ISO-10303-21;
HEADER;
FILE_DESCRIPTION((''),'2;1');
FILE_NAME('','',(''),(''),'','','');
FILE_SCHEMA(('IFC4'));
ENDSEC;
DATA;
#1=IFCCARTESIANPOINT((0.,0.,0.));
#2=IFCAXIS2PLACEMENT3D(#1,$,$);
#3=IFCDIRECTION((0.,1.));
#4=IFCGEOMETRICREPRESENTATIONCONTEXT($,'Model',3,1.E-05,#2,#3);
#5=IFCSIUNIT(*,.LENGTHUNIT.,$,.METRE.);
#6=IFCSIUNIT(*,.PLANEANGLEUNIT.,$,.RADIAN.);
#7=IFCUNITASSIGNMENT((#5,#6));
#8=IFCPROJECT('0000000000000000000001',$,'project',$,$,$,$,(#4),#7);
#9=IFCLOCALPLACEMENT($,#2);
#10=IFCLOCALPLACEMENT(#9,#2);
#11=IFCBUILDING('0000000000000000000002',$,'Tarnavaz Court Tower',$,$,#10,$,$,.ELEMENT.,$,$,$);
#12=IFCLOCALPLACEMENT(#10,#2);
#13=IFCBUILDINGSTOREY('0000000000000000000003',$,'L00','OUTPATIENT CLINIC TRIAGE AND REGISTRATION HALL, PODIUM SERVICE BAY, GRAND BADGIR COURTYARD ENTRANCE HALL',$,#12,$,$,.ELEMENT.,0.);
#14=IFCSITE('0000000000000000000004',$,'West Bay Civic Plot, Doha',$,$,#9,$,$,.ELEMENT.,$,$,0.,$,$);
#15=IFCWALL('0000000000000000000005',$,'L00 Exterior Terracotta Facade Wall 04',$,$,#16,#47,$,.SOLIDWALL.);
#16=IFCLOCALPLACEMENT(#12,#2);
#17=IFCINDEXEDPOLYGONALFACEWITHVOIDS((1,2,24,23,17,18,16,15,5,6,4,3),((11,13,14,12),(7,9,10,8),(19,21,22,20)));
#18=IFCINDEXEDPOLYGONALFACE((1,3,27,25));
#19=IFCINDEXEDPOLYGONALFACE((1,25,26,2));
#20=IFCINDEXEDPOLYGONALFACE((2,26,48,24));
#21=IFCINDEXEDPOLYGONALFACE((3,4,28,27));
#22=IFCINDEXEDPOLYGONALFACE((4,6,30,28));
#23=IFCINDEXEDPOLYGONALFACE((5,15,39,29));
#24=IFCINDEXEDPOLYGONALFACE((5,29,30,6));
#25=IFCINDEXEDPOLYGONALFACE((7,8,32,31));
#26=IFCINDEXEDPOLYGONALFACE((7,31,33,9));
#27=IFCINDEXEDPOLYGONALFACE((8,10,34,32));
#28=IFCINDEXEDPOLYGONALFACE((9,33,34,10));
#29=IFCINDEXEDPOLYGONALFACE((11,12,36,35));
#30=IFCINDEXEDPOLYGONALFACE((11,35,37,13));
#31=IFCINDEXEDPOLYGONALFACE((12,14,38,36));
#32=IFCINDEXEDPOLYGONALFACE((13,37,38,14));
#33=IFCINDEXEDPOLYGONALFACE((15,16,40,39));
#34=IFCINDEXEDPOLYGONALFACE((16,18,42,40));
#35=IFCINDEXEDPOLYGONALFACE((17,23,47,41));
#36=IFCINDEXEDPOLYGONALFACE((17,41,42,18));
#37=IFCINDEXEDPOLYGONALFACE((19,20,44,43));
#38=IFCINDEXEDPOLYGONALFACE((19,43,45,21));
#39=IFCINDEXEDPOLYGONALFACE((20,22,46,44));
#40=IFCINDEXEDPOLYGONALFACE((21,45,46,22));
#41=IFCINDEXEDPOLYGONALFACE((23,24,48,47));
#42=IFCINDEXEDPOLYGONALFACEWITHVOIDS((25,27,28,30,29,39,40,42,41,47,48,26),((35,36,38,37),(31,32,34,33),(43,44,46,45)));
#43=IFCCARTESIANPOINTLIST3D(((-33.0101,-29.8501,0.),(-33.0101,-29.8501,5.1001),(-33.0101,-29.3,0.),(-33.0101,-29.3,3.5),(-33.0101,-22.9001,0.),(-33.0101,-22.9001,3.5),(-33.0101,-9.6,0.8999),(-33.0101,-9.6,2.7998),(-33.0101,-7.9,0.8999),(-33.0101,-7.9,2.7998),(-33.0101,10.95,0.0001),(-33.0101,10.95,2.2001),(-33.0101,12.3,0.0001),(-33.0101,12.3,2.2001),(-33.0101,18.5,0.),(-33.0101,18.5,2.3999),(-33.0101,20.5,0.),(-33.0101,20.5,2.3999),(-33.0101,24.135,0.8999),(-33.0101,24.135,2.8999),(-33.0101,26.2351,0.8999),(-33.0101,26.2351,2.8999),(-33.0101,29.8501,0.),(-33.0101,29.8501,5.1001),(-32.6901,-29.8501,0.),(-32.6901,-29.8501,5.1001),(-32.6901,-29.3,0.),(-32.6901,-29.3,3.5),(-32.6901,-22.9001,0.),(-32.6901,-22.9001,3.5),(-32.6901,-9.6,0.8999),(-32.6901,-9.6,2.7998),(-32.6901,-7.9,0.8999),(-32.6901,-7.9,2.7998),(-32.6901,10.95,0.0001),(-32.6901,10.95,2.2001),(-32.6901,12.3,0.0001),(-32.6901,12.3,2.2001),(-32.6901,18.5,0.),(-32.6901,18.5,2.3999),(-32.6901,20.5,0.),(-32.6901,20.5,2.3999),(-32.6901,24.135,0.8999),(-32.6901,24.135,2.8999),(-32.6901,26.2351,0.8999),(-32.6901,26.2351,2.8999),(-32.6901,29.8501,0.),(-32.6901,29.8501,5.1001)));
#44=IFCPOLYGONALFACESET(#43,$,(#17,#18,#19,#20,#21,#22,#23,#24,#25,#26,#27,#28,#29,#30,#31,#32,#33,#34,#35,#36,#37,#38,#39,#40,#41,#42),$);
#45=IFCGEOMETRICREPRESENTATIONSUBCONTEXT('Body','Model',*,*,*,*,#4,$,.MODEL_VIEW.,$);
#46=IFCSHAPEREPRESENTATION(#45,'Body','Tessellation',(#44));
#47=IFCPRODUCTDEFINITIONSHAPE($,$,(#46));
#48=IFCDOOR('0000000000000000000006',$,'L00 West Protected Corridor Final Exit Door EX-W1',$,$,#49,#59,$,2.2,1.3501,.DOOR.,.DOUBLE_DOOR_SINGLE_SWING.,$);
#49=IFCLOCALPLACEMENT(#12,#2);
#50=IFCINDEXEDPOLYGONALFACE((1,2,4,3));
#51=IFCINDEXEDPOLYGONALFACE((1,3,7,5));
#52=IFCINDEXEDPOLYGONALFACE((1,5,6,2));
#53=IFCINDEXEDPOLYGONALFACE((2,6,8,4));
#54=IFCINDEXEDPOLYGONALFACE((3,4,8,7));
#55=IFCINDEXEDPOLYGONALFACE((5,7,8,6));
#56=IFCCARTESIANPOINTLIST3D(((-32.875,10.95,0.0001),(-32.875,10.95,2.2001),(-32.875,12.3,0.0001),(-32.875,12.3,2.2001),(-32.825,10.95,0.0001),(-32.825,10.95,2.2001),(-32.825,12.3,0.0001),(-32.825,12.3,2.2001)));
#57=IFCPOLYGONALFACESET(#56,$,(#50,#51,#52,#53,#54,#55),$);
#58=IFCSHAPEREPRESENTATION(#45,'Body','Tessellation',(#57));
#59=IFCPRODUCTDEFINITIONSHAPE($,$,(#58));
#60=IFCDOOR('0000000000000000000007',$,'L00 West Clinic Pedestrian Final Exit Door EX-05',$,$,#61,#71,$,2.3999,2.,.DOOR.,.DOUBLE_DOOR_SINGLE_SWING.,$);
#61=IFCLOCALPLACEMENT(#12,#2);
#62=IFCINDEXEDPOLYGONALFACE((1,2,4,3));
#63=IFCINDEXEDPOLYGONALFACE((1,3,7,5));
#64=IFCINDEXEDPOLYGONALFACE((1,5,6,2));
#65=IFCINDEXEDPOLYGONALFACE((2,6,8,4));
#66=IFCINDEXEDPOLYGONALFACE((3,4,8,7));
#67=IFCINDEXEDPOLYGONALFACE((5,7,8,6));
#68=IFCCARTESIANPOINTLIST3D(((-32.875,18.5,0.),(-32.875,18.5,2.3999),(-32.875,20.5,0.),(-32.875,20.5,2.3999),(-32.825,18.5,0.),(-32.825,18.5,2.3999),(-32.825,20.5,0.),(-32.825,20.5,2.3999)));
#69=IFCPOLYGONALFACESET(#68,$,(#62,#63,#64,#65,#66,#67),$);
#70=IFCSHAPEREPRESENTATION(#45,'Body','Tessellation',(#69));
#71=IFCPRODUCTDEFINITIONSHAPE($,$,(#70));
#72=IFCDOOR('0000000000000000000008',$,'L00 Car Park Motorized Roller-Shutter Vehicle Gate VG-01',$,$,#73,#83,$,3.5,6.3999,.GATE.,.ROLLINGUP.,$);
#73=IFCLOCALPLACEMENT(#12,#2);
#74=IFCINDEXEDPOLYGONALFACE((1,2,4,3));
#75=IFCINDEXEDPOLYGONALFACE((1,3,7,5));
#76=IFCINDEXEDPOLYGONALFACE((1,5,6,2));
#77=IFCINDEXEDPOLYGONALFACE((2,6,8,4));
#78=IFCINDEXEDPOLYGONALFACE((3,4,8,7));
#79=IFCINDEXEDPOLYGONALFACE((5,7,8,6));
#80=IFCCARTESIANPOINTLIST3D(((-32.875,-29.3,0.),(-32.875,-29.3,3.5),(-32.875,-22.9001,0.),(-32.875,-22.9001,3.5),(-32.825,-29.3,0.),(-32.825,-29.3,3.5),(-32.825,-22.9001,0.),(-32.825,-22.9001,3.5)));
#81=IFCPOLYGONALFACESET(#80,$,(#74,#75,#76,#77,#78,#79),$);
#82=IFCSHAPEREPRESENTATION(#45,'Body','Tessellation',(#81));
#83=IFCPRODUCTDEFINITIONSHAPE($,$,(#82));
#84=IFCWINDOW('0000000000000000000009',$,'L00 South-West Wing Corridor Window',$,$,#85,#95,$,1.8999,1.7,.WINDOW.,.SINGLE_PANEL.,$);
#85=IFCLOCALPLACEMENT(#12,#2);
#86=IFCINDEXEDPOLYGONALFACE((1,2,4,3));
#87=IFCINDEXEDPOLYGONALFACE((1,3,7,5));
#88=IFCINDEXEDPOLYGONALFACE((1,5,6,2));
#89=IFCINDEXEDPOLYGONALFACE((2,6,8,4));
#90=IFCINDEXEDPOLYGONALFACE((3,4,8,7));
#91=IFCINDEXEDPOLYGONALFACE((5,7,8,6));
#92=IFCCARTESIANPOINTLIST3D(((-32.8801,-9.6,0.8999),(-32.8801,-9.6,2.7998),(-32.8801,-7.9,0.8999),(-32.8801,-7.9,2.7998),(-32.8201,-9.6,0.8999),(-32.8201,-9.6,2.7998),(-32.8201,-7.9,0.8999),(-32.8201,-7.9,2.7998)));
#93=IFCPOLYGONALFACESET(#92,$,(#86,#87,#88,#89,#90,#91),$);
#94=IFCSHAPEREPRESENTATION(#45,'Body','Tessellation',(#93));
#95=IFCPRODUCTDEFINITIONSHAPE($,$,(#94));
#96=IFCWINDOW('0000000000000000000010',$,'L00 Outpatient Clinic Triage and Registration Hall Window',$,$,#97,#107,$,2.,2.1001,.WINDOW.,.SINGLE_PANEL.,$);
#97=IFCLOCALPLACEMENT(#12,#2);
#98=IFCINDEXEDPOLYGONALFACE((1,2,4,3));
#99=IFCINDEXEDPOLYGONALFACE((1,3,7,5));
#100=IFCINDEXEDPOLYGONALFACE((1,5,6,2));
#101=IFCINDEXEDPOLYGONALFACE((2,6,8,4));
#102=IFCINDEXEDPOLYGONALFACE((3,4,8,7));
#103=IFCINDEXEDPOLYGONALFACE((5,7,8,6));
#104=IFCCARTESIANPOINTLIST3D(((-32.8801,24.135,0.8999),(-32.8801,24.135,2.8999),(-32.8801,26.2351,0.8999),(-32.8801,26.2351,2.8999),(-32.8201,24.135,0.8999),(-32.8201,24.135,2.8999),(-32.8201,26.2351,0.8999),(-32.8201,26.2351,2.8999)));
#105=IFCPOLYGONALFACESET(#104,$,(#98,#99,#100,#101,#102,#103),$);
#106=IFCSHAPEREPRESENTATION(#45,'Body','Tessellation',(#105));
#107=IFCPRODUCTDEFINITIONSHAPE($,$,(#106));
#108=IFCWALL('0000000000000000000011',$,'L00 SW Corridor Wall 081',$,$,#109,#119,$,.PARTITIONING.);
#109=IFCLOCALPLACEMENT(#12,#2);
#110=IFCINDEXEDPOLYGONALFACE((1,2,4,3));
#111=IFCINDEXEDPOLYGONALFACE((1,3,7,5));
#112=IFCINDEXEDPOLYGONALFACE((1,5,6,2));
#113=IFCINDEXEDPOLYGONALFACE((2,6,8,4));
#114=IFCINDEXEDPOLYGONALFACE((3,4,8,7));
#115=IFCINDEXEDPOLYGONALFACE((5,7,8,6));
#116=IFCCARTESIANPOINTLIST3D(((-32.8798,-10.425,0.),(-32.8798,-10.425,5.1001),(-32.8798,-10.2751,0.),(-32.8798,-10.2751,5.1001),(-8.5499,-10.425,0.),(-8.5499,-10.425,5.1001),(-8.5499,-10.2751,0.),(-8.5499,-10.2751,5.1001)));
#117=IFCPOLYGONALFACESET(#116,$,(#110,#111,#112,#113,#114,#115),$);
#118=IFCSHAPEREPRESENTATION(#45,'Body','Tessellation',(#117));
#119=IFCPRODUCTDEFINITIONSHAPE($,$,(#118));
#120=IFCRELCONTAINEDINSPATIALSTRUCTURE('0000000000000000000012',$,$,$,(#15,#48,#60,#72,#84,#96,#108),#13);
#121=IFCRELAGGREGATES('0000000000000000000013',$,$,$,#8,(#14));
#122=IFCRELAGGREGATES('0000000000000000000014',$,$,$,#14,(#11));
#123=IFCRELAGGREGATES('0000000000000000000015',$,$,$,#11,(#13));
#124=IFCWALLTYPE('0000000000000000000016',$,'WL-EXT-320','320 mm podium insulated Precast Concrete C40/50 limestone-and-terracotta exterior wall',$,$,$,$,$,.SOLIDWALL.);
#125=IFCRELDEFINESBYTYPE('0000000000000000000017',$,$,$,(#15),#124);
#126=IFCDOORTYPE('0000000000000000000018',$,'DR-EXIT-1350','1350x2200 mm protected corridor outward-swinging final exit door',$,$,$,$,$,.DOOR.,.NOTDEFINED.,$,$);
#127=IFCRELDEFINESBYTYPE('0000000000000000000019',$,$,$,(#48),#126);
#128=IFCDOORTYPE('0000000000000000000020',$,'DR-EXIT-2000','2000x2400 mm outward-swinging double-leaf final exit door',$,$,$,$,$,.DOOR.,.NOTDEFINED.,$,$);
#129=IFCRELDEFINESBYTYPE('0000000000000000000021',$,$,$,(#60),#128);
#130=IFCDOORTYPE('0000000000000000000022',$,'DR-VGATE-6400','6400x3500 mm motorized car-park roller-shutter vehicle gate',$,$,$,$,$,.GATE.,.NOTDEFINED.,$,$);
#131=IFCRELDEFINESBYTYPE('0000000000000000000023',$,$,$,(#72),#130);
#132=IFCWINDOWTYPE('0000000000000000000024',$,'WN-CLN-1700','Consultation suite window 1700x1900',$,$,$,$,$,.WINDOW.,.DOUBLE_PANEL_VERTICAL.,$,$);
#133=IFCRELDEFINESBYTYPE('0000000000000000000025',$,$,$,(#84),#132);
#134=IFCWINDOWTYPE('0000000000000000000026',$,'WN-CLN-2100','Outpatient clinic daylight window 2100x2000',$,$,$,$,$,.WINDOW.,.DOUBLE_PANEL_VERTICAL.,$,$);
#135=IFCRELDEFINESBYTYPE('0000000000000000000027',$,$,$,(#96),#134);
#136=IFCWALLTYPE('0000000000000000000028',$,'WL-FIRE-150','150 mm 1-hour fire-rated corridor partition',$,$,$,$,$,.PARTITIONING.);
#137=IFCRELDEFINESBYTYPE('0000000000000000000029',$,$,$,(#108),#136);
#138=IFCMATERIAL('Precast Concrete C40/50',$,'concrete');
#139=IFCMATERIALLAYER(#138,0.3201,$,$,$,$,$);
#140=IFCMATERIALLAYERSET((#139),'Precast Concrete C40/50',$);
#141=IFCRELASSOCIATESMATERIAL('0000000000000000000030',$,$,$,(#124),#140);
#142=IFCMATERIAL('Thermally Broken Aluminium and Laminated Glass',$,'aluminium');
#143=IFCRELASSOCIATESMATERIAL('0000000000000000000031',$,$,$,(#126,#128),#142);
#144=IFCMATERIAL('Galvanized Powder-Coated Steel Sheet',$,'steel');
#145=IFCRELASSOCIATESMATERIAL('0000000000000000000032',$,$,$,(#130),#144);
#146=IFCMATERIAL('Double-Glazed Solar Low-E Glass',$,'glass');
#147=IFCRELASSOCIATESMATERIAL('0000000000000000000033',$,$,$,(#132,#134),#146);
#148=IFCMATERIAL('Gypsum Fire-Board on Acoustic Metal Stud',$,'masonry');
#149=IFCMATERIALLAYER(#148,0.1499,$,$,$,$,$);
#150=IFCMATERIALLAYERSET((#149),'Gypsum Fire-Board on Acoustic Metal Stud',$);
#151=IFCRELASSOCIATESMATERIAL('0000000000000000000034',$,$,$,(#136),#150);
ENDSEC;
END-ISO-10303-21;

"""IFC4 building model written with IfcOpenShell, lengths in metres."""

from ifc_helpers import new_model, si_unit, direction, frame, frame_2d, origin, place, context, subcontext, project, spatial, rectangle, extrude, material, layer, layer_set, type_object, element, fill, save


model = new_model("IFC4")

# Units and contexts
model_context = context("Model", 3, precision=1e-05, world=origin(), true_north=direction((0.0, 1.0)))
body_context = subcontext(model_context, "Body", "Model", "MODEL_VIEW")
ifc_project = project(units=[si_unit("LENGTHUNIT", "METRE"), si_unit("PLANEANGLEUNIT", "RADIAN")], contexts=[model_context])

# Site, building, storey
site_placement = place(None, origin())
site = spatial("IfcSite", under=ifc_project, at=site_placement, Name="West Bay Civic Plot, Doha", CompositionType="ELEMENT", RefElevation=0.0)
building_placement = place(site_placement, origin())
building = spatial("IfcBuilding", under=site, at=building_placement, Name="Tarnavaz Court Tower", CompositionType="ELEMENT")
storey_placement = place(building_placement, origin())
storey = spatial("IfcBuildingStorey", under=building, at=storey_placement, Name="L00", Description="OUTPATIENT CLINIC TRIAGE AND REGISTRATION HALL, PODIUM SERVICE BAY, GRAND BADGIR COURTYARD ENTRANCE HALL", CompositionType="ELEMENT", Elevation=0.0)

# Wall, openings, doors, windows
ifc_material_1 = material(Name="Precast Concrete C40/50", Category="concrete")
ifc_layer_1 = layer(ifc_material_1, 0.3201)
ifc_layer_set_1 = layer_set([ifc_layer_1], Name="Precast Concrete C40/50")
wall_type_1 = type_object("IfcWallType", Name="WL-EXT-320", Description="320 mm podium insulated Precast Concrete C40/50 limestone-and-terracotta exterior wall", PredefinedType="SOLIDWALL", material=ifc_layer_set_1)
wall_1_placement = place(storey_placement, frame((-32.8501, -29.8501, 0.0), z_axis=(0.0, 0.0, 1.0), x_axis=(0.0, 1.0, 0.0)))
wall_1 = element("IfcWall", 1, at=wall_1_placement, inside=storey, type_object=wall_type_1, Name="L00 Exterior Terracotta Facade Wall 04", PredefinedType="SOLIDWALL", context=body_context, shape_type="SweptSolid", body=[
    extrude(rectangle(XDim=59.7002, YDim=0.3201, at=frame_2d((29.8501, 0.0))), origin(), (0.0, 0.0, 1.0), 5.1001),
])
opening_1_placement = place(wall_1_placement, frame((40.8, 0.0, 0.0)))
opening_1 = element("IfcOpeningElement", 2, at=opening_1_placement, cuts=wall_1, PredefinedType="OPENING", context=body_context, shape_type="SweptSolid", body=[
    extrude(rectangle(XDim=1.3501, YDim=2.2, at=frame_2d((0.675, 1.1001))), frame((0.0, 0.1699, 0.0), z_axis=(0.0, -1.0, 0.0), x_axis=(1.0, 0.0, 0.0)), (0.0, 0.0, 1.0), 0.3401),
])
opening_2_placement = place(wall_1_placement, frame((0.55, 0.0, 0.0)))
opening_2 = element("IfcOpeningElement", 3, at=opening_2_placement, cuts=wall_1, PredefinedType="OPENING", context=body_context, shape_type="SweptSolid", body=[
    extrude(rectangle(XDim=6.3999, YDim=3.5, at=frame_2d((3.2, 1.75))), frame((0.0, 0.1699, 0.0), z_axis=(0.0, -1.0, 0.0), x_axis=(1.0, 0.0, 0.0)), (0.0, 0.0, 1.0), 0.3401),
])
opening_3_placement = place(wall_1_placement, frame((48.3501, 0.0, 0.0)))
opening_3 = element("IfcOpeningElement", 4, at=opening_3_placement, cuts=wall_1, PredefinedType="OPENING", context=body_context, shape_type="SweptSolid", body=[
    extrude(rectangle(XDim=2.0, YDim=2.3999, at=frame_2d((1.0, 1.2))), frame((0.0, 0.1699, 0.0), z_axis=(0.0, -1.0, 0.0), x_axis=(1.0, 0.0, 0.0)), (0.0, 0.0, 1.0), 0.3401),
])
opening_4_placement = place(wall_1_placement, frame((20.25, 0.0, 0.8999)))
opening_4 = element("IfcOpeningElement", 5, at=opening_4_placement, cuts=wall_1, PredefinedType="OPENING", context=body_context, shape_type="SweptSolid", body=[
    extrude(rectangle(XDim=1.7, YDim=1.8999, at=frame_2d((0.8501, 0.95))), frame((0.0, 0.1699, 0.0), z_axis=(0.0, -1.0, 0.0), x_axis=(1.0, 0.0, 0.0)), (0.0, 0.0, 1.0), 0.3401),
])
opening_5_placement = place(wall_1_placement, frame((53.9851, 0.0, 0.8999)))
opening_5 = element("IfcOpeningElement", 6, at=opening_5_placement, cuts=wall_1, PredefinedType="OPENING", context=body_context, shape_type="SweptSolid", body=[
    extrude(rectangle(XDim=2.1001, YDim=2.0, at=frame_2d((1.05, 1.0))), frame((0.0, 0.1699, 0.0), z_axis=(0.0, -1.0, 0.0), x_axis=(1.0, 0.0, 0.0)), (0.0, 0.0, 1.0), 0.3401),
])
ifc_material_2 = material(Name="Thermally Broken Aluminium and Laminated Glass", Category="aluminium")
door_type_1 = type_object("IfcDoorType", Name="DR-EXIT-1350", Description="1350x2200 mm protected corridor outward-swinging final exit door", OperationType="NOTDEFINED", PredefinedType="DOOR", material=ifc_material_2)
door_1_placement = place(opening_1_placement, origin())
door_1 = element("IfcDoor", 7, at=door_1_placement, inside=storey, type_object=door_type_1, Name="L00 West Protected Corridor Final Exit Door EX-W1", OperationType="DOUBLE_DOOR_SINGLE_SWING", OverallHeight=2.2, OverallWidth=1.3501, PredefinedType="DOOR", context=body_context, shape_type="SweptSolid", body=[
    extrude(rectangle(XDim=1.3501, YDim=2.2, at=frame_2d((0.675, 1.1001))), frame((0.0, 0.0249, 0.0), z_axis=(0.0, -1.0, 0.0), x_axis=(1.0, 0.0, 0.0)), (0.0, 0.0, 1.0), 0.05),
])
fill(opening_1, door_1)
door_type_2 = type_object("IfcDoorType", Name="DR-EXIT-2000", Description="2000x2400 mm outward-swinging double-leaf final exit door", OperationType="NOTDEFINED", PredefinedType="DOOR", material=ifc_material_2)
door_2_placement = place(opening_3_placement, origin())
door_2 = element("IfcDoor", 8, at=door_2_placement, inside=storey, type_object=door_type_2, Name="L00 West Clinic Pedestrian Final Exit Door EX-05", OperationType="DOUBLE_DOOR_SINGLE_SWING", OverallHeight=2.3999, OverallWidth=2.0, PredefinedType="DOOR", context=body_context, shape_type="SweptSolid", body=[
    extrude(rectangle(XDim=2.0, YDim=2.3999, at=frame_2d((1.0, 1.2))), frame((0.0, 0.0249, 0.0), z_axis=(0.0, -1.0, 0.0), x_axis=(1.0, 0.0, 0.0)), (0.0, 0.0, 1.0), 0.05),
])
fill(opening_3, door_2)
ifc_material_3 = material(Name="Galvanized Powder-Coated Steel Sheet", Category="steel")
door_type_3 = type_object("IfcDoorType", Name="DR-VGATE-6400", Description="6400x3500 mm motorized car-park roller-shutter vehicle gate", OperationType="NOTDEFINED", PredefinedType="GATE", material=ifc_material_3)
door_3_placement = place(opening_2_placement, origin())
door_3 = element("IfcDoor", 9, at=door_3_placement, inside=storey, type_object=door_type_3, Name="L00 Car Park Motorized Roller-Shutter Vehicle Gate VG-01", OperationType="ROLLINGUP", OverallHeight=3.5, OverallWidth=6.3999, PredefinedType="GATE", context=body_context, shape_type="SweptSolid", body=[
    extrude(rectangle(XDim=6.3999, YDim=3.5, at=frame_2d((3.2, 1.75))), frame((0.0, 0.0249, 0.0), z_axis=(0.0, -1.0, 0.0), x_axis=(1.0, 0.0, 0.0)), (0.0, 0.0, 1.0), 0.05),
])
fill(opening_2, door_3)
ifc_material_4 = material(Name="Double-Glazed Solar Low-E Glass", Category="glass")
window_type_1 = type_object("IfcWindowType", Name="WN-CLN-1700", Description="Consultation suite window 1700x1900", PartitioningType="DOUBLE_PANEL_VERTICAL", PredefinedType="WINDOW", material=ifc_material_4)
window_1_placement = place(opening_4_placement, origin())
window_1 = element("IfcWindow", 10, at=window_1_placement, inside=storey, type_object=window_type_1, Name="L00 South-West Wing Corridor Window", OverallHeight=1.8999, OverallWidth=1.7, PartitioningType="SINGLE_PANEL", PredefinedType="WINDOW", context=body_context, shape_type="SweptSolid", body=[
    extrude(rectangle(XDim=1.7, YDim=1.8999, at=frame_2d((0.8501, 0.95))), frame((0.0, 0.03, 0.0), z_axis=(0.0, -1.0, 0.0), x_axis=(1.0, 0.0, 0.0)), (0.0, 0.0, 1.0), 0.0601),
])
fill(opening_4, window_1)
window_type_2 = type_object("IfcWindowType", Name="WN-CLN-2100", Description="Outpatient clinic daylight window 2100x2000", PartitioningType="DOUBLE_PANEL_VERTICAL", PredefinedType="WINDOW", material=ifc_material_4)
window_2_placement = place(opening_5_placement, origin())
window_2 = element("IfcWindow", 11, at=window_2_placement, inside=storey, type_object=window_type_2, Name="L00 Outpatient Clinic Triage and Registration Hall Window", OverallHeight=2.0, OverallWidth=2.1001, PartitioningType="SINGLE_PANEL", PredefinedType="WINDOW", context=body_context, shape_type="SweptSolid", body=[
    extrude(rectangle(XDim=2.1001, YDim=2.0, at=frame_2d((1.05, 1.0))), frame((0.0, 0.03, 0.0), z_axis=(0.0, -1.0, 0.0), x_axis=(1.0, 0.0, 0.0)), (0.0, 0.0, 1.0), 0.0601),
])
fill(opening_5, window_2)

# Wall
ifc_material_5 = material(Name="Gypsum Fire-Board on Acoustic Metal Stud", Category="masonry")
ifc_layer_2 = layer(ifc_material_5, 0.1499)
ifc_layer_set_2 = layer_set([ifc_layer_2], Name="Gypsum Fire-Board on Acoustic Metal Stud")
wall_type_2 = type_object("IfcWallType", Name="WL-FIRE-150", Description="150 mm 1-hour fire-rated corridor partition", PredefinedType="PARTITIONING", material=ifc_layer_set_2)
wall_2_placement = place(storey_placement, frame((-32.8799, -10.3501, 0.0), z_axis=(0.0, 0.0, 1.0), x_axis=(1.0, 0.0, 0.0)))
element("IfcWall", 12, at=wall_2_placement, inside=storey, type_object=wall_type_2, Name="L00 SW Corridor Wall 081", PredefinedType="PARTITIONING", context=body_context, shape_type="SweptSolid", body=[
    extrude(rectangle(XDim=24.3298, YDim=0.1499, at=frame_2d((12.165, 0.0))), origin(), (0.0, 0.0, 1.0), 5.1001),
])

save(model, "model.ifc")
